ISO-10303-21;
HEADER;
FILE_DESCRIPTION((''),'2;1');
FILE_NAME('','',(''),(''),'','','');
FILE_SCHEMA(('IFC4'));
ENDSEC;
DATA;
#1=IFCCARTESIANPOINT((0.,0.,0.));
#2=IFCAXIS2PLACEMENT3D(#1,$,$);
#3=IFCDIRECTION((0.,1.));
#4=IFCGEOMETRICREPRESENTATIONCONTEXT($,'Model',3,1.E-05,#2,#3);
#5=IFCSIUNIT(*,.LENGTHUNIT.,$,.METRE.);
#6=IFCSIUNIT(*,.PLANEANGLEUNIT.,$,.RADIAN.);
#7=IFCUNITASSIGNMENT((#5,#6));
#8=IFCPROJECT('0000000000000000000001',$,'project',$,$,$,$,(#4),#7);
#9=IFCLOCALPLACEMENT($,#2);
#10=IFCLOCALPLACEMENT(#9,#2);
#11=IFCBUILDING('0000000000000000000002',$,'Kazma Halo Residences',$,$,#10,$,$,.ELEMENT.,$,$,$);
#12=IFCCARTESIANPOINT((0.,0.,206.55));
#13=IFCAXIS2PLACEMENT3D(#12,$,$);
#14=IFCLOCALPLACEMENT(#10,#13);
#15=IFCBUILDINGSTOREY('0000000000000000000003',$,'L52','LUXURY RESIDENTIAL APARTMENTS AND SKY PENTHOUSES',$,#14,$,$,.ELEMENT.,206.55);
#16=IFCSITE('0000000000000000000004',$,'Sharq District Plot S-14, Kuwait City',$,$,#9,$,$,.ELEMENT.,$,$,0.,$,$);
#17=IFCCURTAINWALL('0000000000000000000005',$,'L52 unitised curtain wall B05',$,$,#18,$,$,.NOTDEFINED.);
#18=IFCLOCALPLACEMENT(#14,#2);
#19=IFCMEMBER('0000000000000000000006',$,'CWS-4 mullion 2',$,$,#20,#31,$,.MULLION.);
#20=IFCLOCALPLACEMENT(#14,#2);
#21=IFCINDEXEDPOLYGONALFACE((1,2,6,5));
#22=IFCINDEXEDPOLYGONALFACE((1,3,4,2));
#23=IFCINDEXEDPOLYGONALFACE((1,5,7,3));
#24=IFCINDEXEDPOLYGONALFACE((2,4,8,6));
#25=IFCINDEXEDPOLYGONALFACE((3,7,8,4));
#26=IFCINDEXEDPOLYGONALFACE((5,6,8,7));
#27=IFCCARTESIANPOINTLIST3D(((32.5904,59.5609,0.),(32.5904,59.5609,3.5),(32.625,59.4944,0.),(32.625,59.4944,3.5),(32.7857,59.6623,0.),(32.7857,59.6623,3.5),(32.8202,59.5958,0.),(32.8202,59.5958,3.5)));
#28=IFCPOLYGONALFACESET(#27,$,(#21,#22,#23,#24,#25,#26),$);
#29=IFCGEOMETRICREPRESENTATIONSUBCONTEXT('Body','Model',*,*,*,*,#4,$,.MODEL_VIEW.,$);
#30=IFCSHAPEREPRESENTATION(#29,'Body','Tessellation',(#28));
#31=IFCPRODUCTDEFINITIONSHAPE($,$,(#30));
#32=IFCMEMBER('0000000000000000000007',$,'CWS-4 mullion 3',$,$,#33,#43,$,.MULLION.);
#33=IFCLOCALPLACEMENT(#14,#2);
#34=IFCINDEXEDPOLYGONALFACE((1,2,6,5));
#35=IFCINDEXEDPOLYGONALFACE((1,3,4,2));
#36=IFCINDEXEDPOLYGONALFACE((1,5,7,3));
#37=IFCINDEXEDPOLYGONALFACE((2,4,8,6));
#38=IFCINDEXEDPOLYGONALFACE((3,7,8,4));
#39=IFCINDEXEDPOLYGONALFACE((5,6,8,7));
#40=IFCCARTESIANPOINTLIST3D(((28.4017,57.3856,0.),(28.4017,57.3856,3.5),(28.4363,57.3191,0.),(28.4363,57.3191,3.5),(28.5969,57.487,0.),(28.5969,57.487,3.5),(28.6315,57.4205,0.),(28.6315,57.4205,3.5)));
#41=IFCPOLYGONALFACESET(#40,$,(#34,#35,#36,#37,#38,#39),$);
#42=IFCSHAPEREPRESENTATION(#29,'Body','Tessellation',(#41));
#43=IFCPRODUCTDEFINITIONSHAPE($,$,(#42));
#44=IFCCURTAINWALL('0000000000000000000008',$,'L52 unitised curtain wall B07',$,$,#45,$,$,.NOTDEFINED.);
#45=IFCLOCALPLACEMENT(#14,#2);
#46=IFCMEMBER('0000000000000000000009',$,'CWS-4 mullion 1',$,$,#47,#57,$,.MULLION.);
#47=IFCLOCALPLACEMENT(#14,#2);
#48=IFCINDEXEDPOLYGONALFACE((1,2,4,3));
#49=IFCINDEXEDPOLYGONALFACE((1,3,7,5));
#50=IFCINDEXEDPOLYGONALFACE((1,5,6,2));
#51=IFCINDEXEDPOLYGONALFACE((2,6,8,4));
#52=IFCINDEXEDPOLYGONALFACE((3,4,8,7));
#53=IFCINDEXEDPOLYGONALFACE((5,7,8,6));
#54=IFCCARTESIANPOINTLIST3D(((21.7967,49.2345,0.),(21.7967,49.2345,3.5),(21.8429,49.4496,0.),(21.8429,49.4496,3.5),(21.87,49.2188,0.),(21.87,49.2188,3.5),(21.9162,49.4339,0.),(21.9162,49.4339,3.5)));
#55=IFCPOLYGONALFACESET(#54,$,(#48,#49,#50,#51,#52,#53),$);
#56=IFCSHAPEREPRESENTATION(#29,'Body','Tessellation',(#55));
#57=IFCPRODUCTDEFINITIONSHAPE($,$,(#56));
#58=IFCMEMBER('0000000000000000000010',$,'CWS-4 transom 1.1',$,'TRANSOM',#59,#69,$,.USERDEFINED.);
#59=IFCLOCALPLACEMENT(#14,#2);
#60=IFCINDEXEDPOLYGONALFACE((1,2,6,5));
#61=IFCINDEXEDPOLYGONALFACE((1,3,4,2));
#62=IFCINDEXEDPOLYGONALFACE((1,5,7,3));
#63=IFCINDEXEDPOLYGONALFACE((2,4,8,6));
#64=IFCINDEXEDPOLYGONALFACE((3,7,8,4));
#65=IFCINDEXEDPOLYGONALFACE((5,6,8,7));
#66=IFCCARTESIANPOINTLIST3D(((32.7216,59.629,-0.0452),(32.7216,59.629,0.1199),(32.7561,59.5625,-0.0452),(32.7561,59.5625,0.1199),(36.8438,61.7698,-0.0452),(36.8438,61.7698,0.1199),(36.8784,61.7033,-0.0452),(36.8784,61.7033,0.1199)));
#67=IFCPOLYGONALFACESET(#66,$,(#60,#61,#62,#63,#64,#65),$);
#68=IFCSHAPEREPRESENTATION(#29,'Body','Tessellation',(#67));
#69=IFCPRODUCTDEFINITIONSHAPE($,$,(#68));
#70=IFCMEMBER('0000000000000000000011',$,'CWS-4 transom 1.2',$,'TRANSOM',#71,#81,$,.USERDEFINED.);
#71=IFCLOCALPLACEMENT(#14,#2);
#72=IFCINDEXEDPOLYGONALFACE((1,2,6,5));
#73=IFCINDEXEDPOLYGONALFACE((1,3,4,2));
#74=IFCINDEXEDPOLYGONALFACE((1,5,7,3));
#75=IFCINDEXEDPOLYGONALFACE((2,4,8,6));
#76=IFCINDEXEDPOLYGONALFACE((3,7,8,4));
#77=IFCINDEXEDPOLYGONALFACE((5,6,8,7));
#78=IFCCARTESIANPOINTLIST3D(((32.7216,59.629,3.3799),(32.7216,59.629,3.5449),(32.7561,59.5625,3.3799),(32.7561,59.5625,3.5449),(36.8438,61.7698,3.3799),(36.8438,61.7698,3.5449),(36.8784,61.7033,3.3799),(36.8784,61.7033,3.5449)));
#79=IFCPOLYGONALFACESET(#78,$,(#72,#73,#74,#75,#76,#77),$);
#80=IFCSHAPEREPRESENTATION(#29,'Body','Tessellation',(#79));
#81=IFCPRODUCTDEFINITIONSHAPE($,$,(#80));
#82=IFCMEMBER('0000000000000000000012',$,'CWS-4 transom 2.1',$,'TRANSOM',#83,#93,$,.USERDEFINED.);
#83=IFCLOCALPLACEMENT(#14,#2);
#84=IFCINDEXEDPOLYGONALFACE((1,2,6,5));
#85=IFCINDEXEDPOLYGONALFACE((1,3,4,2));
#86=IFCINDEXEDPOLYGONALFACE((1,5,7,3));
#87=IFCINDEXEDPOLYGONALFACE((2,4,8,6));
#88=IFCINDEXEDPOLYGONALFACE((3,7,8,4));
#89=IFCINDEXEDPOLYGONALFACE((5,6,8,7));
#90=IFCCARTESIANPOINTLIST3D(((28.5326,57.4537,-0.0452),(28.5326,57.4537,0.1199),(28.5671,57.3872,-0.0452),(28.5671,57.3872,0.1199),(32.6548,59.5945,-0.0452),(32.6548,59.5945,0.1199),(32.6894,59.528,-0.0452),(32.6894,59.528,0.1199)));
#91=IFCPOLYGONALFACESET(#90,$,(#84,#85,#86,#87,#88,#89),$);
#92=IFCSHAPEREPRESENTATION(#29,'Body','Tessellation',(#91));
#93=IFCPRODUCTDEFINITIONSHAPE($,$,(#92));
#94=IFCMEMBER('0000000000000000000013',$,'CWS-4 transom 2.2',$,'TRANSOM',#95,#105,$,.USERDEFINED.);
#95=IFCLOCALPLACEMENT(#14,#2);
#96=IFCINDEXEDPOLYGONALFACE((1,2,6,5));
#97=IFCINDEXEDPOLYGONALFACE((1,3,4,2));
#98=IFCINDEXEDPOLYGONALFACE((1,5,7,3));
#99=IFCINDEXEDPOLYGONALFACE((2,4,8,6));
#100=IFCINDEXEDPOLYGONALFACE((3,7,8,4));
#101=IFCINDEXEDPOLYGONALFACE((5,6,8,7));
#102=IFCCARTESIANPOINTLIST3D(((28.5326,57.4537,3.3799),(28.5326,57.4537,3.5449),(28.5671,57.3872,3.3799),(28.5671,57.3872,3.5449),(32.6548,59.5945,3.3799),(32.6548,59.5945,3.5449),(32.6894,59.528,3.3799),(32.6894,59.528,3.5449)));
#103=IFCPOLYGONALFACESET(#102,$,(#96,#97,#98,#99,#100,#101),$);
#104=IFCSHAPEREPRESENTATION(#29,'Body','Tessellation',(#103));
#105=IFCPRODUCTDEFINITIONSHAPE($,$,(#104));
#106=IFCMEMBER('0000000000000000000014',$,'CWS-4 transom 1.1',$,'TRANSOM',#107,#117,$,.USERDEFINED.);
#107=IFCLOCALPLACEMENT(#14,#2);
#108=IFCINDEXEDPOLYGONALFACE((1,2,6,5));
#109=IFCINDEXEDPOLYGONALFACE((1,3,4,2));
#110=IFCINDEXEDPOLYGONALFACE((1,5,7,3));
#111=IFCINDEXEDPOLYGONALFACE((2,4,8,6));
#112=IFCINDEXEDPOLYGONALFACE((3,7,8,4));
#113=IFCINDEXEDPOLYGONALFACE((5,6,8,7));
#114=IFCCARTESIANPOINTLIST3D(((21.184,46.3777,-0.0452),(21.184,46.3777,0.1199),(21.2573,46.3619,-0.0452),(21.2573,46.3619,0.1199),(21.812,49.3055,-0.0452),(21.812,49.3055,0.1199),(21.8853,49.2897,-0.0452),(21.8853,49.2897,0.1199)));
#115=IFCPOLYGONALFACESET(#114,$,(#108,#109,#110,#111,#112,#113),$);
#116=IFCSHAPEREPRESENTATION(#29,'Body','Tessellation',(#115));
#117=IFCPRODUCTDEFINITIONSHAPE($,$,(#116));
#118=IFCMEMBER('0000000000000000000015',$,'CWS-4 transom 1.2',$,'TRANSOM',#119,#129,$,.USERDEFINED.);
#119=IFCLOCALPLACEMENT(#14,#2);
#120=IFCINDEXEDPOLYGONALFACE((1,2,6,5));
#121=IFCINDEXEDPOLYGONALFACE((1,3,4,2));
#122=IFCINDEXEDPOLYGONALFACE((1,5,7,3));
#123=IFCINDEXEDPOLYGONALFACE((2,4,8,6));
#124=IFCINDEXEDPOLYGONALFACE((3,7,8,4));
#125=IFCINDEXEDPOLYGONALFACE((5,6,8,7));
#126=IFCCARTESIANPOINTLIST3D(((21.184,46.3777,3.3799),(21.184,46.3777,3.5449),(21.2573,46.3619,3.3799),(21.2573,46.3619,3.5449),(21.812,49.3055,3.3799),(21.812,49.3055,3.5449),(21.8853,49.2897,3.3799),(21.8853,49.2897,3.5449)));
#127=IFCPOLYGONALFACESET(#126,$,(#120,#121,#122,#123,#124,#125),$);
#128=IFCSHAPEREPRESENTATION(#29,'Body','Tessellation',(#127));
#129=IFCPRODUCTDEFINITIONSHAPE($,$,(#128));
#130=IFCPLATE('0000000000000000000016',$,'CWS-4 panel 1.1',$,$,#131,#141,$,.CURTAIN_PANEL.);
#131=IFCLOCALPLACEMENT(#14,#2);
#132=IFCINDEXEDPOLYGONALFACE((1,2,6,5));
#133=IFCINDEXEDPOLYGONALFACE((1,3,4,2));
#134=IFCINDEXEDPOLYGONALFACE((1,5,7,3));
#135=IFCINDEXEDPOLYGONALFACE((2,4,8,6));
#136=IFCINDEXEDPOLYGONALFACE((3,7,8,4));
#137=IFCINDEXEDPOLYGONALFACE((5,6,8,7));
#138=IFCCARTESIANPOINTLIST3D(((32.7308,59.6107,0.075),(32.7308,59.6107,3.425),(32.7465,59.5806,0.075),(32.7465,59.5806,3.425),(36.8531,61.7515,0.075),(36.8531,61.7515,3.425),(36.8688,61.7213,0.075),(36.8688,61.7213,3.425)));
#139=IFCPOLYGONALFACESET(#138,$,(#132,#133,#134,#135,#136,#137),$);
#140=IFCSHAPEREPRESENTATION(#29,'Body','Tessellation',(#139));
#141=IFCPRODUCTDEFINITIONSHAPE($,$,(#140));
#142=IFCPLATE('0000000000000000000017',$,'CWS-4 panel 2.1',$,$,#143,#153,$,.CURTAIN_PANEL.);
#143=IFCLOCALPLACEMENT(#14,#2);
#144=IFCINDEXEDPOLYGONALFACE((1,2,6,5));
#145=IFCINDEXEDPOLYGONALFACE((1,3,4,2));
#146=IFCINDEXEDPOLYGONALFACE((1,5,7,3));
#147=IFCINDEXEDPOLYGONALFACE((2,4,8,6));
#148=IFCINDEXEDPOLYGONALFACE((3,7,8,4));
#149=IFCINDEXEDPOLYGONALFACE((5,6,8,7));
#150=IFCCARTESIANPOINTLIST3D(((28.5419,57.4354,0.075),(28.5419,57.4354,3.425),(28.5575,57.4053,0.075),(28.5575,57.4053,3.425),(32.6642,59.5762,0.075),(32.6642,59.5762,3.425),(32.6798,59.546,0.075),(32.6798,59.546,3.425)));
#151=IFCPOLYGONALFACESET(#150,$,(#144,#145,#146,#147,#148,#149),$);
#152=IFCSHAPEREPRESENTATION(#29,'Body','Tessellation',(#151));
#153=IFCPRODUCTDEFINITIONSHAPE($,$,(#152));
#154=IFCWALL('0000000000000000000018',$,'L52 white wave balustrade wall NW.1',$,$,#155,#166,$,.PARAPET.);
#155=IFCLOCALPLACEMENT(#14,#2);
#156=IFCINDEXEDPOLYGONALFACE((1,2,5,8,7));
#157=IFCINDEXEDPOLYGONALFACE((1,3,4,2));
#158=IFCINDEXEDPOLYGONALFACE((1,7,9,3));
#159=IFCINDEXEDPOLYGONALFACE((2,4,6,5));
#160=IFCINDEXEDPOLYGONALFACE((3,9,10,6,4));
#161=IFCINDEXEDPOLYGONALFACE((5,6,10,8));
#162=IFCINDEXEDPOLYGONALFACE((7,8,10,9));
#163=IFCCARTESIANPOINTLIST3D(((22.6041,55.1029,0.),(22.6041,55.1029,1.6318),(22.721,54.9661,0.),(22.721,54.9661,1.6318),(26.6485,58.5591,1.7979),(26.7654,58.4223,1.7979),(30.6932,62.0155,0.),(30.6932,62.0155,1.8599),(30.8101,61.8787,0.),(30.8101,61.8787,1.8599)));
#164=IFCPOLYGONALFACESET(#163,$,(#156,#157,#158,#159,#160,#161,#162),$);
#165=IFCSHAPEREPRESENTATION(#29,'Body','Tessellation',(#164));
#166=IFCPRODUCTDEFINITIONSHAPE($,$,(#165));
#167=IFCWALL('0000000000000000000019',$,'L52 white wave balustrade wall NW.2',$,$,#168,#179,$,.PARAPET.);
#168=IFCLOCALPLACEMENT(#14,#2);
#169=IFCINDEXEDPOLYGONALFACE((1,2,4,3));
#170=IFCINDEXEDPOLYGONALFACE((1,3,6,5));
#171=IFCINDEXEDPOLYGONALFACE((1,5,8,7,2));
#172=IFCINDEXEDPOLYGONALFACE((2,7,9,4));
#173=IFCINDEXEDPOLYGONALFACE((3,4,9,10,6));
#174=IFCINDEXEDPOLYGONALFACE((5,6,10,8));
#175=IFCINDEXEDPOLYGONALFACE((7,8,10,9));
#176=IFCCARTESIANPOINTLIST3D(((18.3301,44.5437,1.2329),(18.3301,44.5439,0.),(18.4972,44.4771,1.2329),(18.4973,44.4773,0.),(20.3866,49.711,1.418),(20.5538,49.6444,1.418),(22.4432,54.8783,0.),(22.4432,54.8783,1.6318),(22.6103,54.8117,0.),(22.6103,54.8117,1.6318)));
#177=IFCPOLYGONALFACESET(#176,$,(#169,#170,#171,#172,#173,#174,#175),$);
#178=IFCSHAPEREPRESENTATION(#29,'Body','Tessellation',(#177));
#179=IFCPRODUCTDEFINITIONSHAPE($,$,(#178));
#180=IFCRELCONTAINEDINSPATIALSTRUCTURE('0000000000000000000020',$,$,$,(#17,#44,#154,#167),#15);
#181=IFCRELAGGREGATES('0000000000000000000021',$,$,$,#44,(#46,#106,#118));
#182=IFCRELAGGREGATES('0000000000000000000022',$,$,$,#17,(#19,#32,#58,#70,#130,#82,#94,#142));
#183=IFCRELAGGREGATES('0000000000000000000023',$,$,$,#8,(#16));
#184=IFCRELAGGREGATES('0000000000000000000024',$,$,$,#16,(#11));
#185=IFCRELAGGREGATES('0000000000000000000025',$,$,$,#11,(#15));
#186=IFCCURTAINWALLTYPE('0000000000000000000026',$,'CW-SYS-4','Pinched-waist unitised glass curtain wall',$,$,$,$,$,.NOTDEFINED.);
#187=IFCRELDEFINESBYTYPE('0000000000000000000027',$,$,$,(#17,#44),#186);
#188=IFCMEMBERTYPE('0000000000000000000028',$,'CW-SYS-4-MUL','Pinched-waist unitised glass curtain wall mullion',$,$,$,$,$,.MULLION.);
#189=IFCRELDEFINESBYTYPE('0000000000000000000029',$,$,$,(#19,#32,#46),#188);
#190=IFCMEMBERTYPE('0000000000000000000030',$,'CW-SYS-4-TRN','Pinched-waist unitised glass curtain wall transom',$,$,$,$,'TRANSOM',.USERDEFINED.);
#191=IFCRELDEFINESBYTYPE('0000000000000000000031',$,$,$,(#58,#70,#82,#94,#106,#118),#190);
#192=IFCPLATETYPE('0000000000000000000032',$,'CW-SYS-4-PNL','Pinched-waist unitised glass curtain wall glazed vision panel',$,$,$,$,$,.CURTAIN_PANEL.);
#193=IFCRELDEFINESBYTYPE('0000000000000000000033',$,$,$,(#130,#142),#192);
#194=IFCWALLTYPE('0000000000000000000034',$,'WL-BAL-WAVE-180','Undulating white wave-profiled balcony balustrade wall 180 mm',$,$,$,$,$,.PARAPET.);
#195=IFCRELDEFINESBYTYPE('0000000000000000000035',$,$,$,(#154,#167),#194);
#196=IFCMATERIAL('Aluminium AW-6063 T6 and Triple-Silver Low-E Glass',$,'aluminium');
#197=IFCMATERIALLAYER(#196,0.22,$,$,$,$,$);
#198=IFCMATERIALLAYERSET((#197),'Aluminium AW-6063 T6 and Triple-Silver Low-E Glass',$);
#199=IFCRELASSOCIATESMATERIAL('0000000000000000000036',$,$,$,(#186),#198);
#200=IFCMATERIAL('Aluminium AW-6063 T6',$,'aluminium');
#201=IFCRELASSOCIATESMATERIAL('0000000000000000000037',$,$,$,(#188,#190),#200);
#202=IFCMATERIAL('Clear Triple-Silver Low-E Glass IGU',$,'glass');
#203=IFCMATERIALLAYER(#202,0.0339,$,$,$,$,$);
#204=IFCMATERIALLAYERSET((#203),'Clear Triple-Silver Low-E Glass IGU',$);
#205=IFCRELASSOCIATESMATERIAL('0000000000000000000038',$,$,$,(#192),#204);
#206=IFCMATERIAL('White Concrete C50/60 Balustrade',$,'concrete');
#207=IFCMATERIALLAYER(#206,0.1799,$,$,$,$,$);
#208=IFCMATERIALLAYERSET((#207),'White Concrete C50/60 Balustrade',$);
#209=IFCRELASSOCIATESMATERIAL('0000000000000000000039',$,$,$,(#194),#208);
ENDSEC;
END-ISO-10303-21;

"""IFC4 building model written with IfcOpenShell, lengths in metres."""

from ifc_helpers import new_model, si_unit, direction, frame, origin, origin_2d, place, context, subcontext, project, spatial, polyline, rectangle, outline, extrude, material, layer, layer_set, material_profile, profile_set, type_object, element, aggregate, save


model = new_model("IFC4")

# Units and contexts
model_context = context("Model", 3, precision=1e-05, world=origin(), true_north=direction((0.0, 1.0)))
body_context = subcontext(model_context, "Body", "Model", "MODEL_VIEW")
ifc_project = project(units=[si_unit("LENGTHUNIT", "METRE"), si_unit("PLANEANGLEUNIT", "RADIAN")], contexts=[model_context])

# Site, building, storey
site_placement = place(None, origin())
site = spatial("IfcSite", under=ifc_project, at=site_placement, Name="Sharq District Plot S-14, Kuwait City", CompositionType="ELEMENT", RefElevation=0.0)
building_placement = place(site_placement, origin())
building = spatial("IfcBuilding", under=site, at=building_placement, Name="Kazma Halo Residences", CompositionType="ELEMENT")
storey_placement = place(building_placement, frame((0.0, 0.0, 206.55)))
storey = spatial("IfcBuildingStorey", under=building, at=storey_placement, Name="L52", Description="LUXURY RESIDENTIAL APARTMENTS AND SKY PENTHOUSES", CompositionType="ELEMENT", Elevation=206.55)

# Curtain wall, members
ifc_material_1 = material(Name="Aluminium AW-6063 T6 and Triple-Silver Low-E Glass", Category="aluminium")
ifc_layer_1 = layer(ifc_material_1, 0.22)
ifc_layer_set_1 = layer_set([ifc_layer_1], Name="Aluminium AW-6063 T6 and Triple-Silver Low-E Glass")
curtain_wall_type = type_object("IfcCurtainWallType", Name="CW-SYS-4", Description="Pinched-waist unitised glass curtain wall", PredefinedType="NOTDEFINED", material=ifc_layer_set_1)
curtain_wall_1_placement = place(storey_placement, origin())
curtain_wall_1 = element("IfcCurtainWall", 1, at=curtain_wall_1_placement, inside=storey, type_object=curtain_wall_type, Name="L52 unitised curtain wall B05", PredefinedType="NOTDEFINED")
ifc_material_2 = material(Name="Aluminium AW-6063 T6", Category="aluminium")
ifc_material_profile_1 = material_profile(ifc_material_2, rectangle(XDim=0.075, YDim=0.22, at=origin_2d()), Name="CWM-75x220")
ifc_profile_set_1 = profile_set([ifc_material_profile_1], Name="Aluminium AW-6063 T6")
member_type_1 = type_object("IfcMemberType", Name="CW-SYS-4-MUL", Description="Pinched-waist unitised glass curtain wall mullion", PredefinedType="MULLION", material=ifc_profile_set_1)
member_1_placement = place(storey_placement, frame((32.7053, 59.5784, 0.0), z_axis=(0.0, 0.0, 1.0), x_axis=(0.460874, -0.887466, 0.0)))
member_1 = element("IfcMember", 2, at=member_1_placement, type_object=member_type_1, Name="CWS-4 mullion 2", PredefinedType="MULLION", context=body_context, shape_type="SweptSolid", body=[
    extrude(rectangle(XDim=0.075, YDim=0.22, at=origin_2d()), origin(), (0.0, 0.0, 1.0), 3.5),
])
member_2_placement = place(storey_placement, frame((28.5166, 57.4031, 0.0), z_axis=(0.0, 0.0, 1.0), x_axis=(0.460874, -0.887466, 0.0)))
member_2 = element("IfcMember", 3, at=member_2_placement, type_object=member_type_1, Name="CWS-4 mullion 3", PredefinedType="MULLION", context=body_context, shape_type="SweptSolid", body=[
    extrude(rectangle(XDim=0.075, YDim=0.22, at=origin_2d()), origin(), (0.0, 0.0, 1.0), 3.5),
])

# Curtain wall, member
curtain_wall_2_placement = place(storey_placement, origin())
curtain_wall_2 = element("IfcCurtainWall", 4, at=curtain_wall_2_placement, inside=storey, type_object=curtain_wall_type, Name="L52 unitised curtain wall B07", PredefinedType="NOTDEFINED")
member_3_placement = place(storey_placement, frame((21.8564, 49.3342, 0.0), z_axis=(0.0, 0.0, 1.0), x_axis=(0.977768, -0.20969, 0.0)))
member_3 = element("IfcMember", 5, at=member_3_placement, type_object=member_type_1, Name="CWS-4 mullion 1", PredefinedType="MULLION", context=body_context, shape_type="SweptSolid", body=[
    extrude(rectangle(XDim=0.075, YDim=0.22, at=origin_2d()), origin(), (0.0, 0.0, 1.0), 3.5),
])

# Members
ifc_material_profile_2 = material_profile(ifc_material_2, rectangle(XDim=0.075, YDim=0.165, at=origin_2d()), Name="CWT-75x165")
ifc_profile_set_2 = profile_set([ifc_material_profile_2], Name="Aluminium AW-6063 T6")
member_type_2 = type_object("IfcMemberType", Name="CW-SYS-4-TRN", Description="Pinched-waist unitised glass curtain wall transom", ElementType="TRANSOM", PredefinedType="USERDEFINED", material=ifc_profile_set_2)
member_4_placement = place(storey_placement, frame((36.8611, 61.7366, 0.0374), z_axis=(-0.887458, -0.460889, 0.0), x_axis=(0.460889, -0.887458, 0.0)))
member_4 = element("IfcMember", 6, at=member_4_placement, type_object=member_type_2, Name="CWS-4 transom 1.1", ObjectType="TRANSOM", PredefinedType="USERDEFINED", context=body_context, shape_type="SweptSolid", body=[
    extrude(rectangle(XDim=0.075, YDim=0.165, at=origin_2d()), origin(), (0.0, 0.0, 1.0), 4.645),
])
member_5_placement = place(storey_placement, frame((36.8611, 61.7366, 3.4624), z_axis=(-0.887458, -0.460889, 0.0), x_axis=(0.460889, -0.887458, 0.0)))
member_5 = element("IfcMember", 7, at=member_5_placement, type_object=member_type_2, Name="CWS-4 transom 1.2", ObjectType="TRANSOM", PredefinedType="USERDEFINED", context=body_context, shape_type="SweptSolid", body=[
    extrude(rectangle(XDim=0.075, YDim=0.165, at=origin_2d()), origin(), (0.0, 0.0, 1.0), 4.645),
])
member_6_placement = place(storey_placement, frame((32.6721, 59.5613, 0.0374), z_axis=(-0.887458, -0.460889, 0.0), x_axis=(0.460889, -0.887458, 0.0)))
member_6 = element("IfcMember", 8, at=member_6_placement, type_object=member_type_2, Name="CWS-4 transom 2.1", ObjectType="TRANSOM", PredefinedType="USERDEFINED", context=body_context, shape_type="SweptSolid", body=[
    extrude(rectangle(XDim=0.075, YDim=0.165, at=origin_2d()), origin(), (0.0, 0.0, 1.0), 4.645),
])
member_7_placement = place(storey_placement, frame((32.6721, 59.5613, 3.4624), z_axis=(-0.887458, -0.460889, 0.0), x_axis=(0.460889, -0.887458, 0.0)))
member_7 = element("IfcMember", 9, at=member_7_placement, type_object=member_type_2, Name="CWS-4 transom 2.2", ObjectType="TRANSOM", PredefinedType="USERDEFINED", context=body_context, shape_type="SweptSolid", body=[
    extrude(rectangle(XDim=0.075, YDim=0.165, at=origin_2d()), origin(), (0.0, 0.0, 1.0), 4.645),
])
member_8_placement = place(storey_placement, frame((21.8486, 49.2976, 0.0374), z_axis=(-0.209707, -0.977764, 0.0), x_axis=(0.977764, -0.209707, 0.0)))
member_8 = element("IfcMember", 10, at=member_8_placement, type_object=member_type_2, Name="CWS-4 transom 1.1", ObjectType="TRANSOM", PredefinedType="USERDEFINED", context=body_context, shape_type="SweptSolid", body=[
    extrude(rectangle(XDim=0.075, YDim=0.165, at=origin_2d()), origin(), (0.0, 0.0, 1.0), 2.9944),
])
member_9_placement = place(storey_placement, frame((21.8486, 49.2976, 3.4624), z_axis=(-0.209707, -0.977764, 0.0), x_axis=(0.977764, -0.209707, 0.0)))
member_9 = element("IfcMember", 11, at=member_9_placement, type_object=member_type_2, Name="CWS-4 transom 1.2", ObjectType="TRANSOM", PredefinedType="USERDEFINED", context=body_context, shape_type="SweptSolid", body=[
    extrude(rectangle(XDim=0.075, YDim=0.165, at=origin_2d()), origin(), (0.0, 0.0, 1.0), 2.9944),
])
aggregate(curtain_wall_2, [member_3, member_8, member_9])

# Plates
ifc_material_3 = material(Name="Clear Triple-Silver Low-E Glass IGU", Category="glass")
ifc_layer_2 = layer(ifc_material_3, 0.0339)
ifc_layer_set_2 = layer_set([ifc_layer_2], Name="Clear Triple-Silver Low-E Glass IGU")
plate_type = type_object("IfcPlateType", Name="CW-SYS-4-PNL", Description="Pinched-waist unitised glass curtain wall glazed vision panel", PredefinedType="CURTAIN_PANEL", material=ifc_layer_set_2)
plate_1_placement = place(storey_placement, frame((34.7998, 60.666, 0.075), z_axis=(0.0, 0.0, 1.0), x_axis=(-0.887466, -0.460874, 0.0)))
plate_1 = element("IfcPlate", 12, at=plate_1_placement, type_object=plate_type, Name="CWS-4 panel 1.1", PredefinedType="CURTAIN_PANEL", context=body_context, shape_type="SweptSolid", body=[
    extrude(rectangle(XDim=4.645, YDim=0.0339, at=origin_2d()), origin(), (0.0, 0.0, 1.0), 3.3501),
])
plate_2_placement = place(storey_placement, frame((30.6108, 58.4907, 0.075), z_axis=(0.0, 0.0, 1.0), x_axis=(-0.887466, -0.460874, 0.0)))
plate_2 = element("IfcPlate", 13, at=plate_2_placement, type_object=plate_type, Name="CWS-4 panel 2.1", PredefinedType="CURTAIN_PANEL", context=body_context, shape_type="SweptSolid", body=[
    extrude(rectangle(XDim=4.645, YDim=0.0339, at=origin_2d()), origin(), (0.0, 0.0, 1.0), 3.3501),
])
aggregate(curtain_wall_1, [member_1, member_2, member_4, member_5, plate_1, member_6, member_7, plate_2])

# Walls
ifc_material_4 = material(Name="White Concrete C50/60 Balustrade", Category="concrete")
ifc_layer_3 = layer(ifc_material_4, 0.1799)
ifc_layer_set_3 = layer_set([ifc_layer_3], Name="White Concrete C50/60 Balustrade")
wall_type_1 = type_object("IfcWallType", Name="WL-BAL-WAVE-180", Description="Undulating white wave-profiled balcony balustrade wall 180 mm", PredefinedType="PARAPET", material=ifc_layer_set_3)
wall_1_placement = place(storey_placement, frame((30.7517, 61.947, 0.0), z_axis=(0.0, 0.0, 1.0), x_axis=(-0.760228, -0.649657, 0.0)))
element("IfcWall", 14, at=wall_1_placement, inside=storey, type_object=wall_type_1, Name="L52 white wave balustrade wall NW.1", PredefinedType="PARAPET", context=body_context, shape_type="SweptSolid", body=[
    extrude(outline(polyline([(0.0, 0.0), (10.6404, 0.0), (10.6404, 1.6318), (5.3203, 1.7979), (0.0, 1.8599), (0.0, 0.0)])), frame((0.0, 0.0898, 0.0), z_axis=(0.0, -1.0, 0.0), x_axis=(1.0, 0.0, 0.0)), (0.0, 0.0, 1.0), 0.1799),
])
wall_2_placement = place(storey_placement, frame((22.5269, 54.845, 0.0), z_axis=(0.0, 0.0, 1.0), x_axis=(-0.369782, -0.929119, 0.0)))
element("IfcWall", 15, at=wall_2_placement, inside=storey, type_object=wall_type_1, Name="L52 white wave balustrade wall NW.2", PredefinedType="PARAPET", context=body_context, shape_type="SweptSolid", body=[
    extrude(outline(polyline([(0.0, 0.0), (11.1228, 0.0), (11.123, 1.2329), (5.5615, 1.418), (0.0, 1.6318), (0.0, 0.0)])), frame((0.0, 0.0898, 0.0), z_axis=(0.0, -1.0, 0.0), x_axis=(1.0, 0.0, 0.0)), (0.0, 0.0, 1.0), 0.1799),
])

save(model, "model.ifc")
